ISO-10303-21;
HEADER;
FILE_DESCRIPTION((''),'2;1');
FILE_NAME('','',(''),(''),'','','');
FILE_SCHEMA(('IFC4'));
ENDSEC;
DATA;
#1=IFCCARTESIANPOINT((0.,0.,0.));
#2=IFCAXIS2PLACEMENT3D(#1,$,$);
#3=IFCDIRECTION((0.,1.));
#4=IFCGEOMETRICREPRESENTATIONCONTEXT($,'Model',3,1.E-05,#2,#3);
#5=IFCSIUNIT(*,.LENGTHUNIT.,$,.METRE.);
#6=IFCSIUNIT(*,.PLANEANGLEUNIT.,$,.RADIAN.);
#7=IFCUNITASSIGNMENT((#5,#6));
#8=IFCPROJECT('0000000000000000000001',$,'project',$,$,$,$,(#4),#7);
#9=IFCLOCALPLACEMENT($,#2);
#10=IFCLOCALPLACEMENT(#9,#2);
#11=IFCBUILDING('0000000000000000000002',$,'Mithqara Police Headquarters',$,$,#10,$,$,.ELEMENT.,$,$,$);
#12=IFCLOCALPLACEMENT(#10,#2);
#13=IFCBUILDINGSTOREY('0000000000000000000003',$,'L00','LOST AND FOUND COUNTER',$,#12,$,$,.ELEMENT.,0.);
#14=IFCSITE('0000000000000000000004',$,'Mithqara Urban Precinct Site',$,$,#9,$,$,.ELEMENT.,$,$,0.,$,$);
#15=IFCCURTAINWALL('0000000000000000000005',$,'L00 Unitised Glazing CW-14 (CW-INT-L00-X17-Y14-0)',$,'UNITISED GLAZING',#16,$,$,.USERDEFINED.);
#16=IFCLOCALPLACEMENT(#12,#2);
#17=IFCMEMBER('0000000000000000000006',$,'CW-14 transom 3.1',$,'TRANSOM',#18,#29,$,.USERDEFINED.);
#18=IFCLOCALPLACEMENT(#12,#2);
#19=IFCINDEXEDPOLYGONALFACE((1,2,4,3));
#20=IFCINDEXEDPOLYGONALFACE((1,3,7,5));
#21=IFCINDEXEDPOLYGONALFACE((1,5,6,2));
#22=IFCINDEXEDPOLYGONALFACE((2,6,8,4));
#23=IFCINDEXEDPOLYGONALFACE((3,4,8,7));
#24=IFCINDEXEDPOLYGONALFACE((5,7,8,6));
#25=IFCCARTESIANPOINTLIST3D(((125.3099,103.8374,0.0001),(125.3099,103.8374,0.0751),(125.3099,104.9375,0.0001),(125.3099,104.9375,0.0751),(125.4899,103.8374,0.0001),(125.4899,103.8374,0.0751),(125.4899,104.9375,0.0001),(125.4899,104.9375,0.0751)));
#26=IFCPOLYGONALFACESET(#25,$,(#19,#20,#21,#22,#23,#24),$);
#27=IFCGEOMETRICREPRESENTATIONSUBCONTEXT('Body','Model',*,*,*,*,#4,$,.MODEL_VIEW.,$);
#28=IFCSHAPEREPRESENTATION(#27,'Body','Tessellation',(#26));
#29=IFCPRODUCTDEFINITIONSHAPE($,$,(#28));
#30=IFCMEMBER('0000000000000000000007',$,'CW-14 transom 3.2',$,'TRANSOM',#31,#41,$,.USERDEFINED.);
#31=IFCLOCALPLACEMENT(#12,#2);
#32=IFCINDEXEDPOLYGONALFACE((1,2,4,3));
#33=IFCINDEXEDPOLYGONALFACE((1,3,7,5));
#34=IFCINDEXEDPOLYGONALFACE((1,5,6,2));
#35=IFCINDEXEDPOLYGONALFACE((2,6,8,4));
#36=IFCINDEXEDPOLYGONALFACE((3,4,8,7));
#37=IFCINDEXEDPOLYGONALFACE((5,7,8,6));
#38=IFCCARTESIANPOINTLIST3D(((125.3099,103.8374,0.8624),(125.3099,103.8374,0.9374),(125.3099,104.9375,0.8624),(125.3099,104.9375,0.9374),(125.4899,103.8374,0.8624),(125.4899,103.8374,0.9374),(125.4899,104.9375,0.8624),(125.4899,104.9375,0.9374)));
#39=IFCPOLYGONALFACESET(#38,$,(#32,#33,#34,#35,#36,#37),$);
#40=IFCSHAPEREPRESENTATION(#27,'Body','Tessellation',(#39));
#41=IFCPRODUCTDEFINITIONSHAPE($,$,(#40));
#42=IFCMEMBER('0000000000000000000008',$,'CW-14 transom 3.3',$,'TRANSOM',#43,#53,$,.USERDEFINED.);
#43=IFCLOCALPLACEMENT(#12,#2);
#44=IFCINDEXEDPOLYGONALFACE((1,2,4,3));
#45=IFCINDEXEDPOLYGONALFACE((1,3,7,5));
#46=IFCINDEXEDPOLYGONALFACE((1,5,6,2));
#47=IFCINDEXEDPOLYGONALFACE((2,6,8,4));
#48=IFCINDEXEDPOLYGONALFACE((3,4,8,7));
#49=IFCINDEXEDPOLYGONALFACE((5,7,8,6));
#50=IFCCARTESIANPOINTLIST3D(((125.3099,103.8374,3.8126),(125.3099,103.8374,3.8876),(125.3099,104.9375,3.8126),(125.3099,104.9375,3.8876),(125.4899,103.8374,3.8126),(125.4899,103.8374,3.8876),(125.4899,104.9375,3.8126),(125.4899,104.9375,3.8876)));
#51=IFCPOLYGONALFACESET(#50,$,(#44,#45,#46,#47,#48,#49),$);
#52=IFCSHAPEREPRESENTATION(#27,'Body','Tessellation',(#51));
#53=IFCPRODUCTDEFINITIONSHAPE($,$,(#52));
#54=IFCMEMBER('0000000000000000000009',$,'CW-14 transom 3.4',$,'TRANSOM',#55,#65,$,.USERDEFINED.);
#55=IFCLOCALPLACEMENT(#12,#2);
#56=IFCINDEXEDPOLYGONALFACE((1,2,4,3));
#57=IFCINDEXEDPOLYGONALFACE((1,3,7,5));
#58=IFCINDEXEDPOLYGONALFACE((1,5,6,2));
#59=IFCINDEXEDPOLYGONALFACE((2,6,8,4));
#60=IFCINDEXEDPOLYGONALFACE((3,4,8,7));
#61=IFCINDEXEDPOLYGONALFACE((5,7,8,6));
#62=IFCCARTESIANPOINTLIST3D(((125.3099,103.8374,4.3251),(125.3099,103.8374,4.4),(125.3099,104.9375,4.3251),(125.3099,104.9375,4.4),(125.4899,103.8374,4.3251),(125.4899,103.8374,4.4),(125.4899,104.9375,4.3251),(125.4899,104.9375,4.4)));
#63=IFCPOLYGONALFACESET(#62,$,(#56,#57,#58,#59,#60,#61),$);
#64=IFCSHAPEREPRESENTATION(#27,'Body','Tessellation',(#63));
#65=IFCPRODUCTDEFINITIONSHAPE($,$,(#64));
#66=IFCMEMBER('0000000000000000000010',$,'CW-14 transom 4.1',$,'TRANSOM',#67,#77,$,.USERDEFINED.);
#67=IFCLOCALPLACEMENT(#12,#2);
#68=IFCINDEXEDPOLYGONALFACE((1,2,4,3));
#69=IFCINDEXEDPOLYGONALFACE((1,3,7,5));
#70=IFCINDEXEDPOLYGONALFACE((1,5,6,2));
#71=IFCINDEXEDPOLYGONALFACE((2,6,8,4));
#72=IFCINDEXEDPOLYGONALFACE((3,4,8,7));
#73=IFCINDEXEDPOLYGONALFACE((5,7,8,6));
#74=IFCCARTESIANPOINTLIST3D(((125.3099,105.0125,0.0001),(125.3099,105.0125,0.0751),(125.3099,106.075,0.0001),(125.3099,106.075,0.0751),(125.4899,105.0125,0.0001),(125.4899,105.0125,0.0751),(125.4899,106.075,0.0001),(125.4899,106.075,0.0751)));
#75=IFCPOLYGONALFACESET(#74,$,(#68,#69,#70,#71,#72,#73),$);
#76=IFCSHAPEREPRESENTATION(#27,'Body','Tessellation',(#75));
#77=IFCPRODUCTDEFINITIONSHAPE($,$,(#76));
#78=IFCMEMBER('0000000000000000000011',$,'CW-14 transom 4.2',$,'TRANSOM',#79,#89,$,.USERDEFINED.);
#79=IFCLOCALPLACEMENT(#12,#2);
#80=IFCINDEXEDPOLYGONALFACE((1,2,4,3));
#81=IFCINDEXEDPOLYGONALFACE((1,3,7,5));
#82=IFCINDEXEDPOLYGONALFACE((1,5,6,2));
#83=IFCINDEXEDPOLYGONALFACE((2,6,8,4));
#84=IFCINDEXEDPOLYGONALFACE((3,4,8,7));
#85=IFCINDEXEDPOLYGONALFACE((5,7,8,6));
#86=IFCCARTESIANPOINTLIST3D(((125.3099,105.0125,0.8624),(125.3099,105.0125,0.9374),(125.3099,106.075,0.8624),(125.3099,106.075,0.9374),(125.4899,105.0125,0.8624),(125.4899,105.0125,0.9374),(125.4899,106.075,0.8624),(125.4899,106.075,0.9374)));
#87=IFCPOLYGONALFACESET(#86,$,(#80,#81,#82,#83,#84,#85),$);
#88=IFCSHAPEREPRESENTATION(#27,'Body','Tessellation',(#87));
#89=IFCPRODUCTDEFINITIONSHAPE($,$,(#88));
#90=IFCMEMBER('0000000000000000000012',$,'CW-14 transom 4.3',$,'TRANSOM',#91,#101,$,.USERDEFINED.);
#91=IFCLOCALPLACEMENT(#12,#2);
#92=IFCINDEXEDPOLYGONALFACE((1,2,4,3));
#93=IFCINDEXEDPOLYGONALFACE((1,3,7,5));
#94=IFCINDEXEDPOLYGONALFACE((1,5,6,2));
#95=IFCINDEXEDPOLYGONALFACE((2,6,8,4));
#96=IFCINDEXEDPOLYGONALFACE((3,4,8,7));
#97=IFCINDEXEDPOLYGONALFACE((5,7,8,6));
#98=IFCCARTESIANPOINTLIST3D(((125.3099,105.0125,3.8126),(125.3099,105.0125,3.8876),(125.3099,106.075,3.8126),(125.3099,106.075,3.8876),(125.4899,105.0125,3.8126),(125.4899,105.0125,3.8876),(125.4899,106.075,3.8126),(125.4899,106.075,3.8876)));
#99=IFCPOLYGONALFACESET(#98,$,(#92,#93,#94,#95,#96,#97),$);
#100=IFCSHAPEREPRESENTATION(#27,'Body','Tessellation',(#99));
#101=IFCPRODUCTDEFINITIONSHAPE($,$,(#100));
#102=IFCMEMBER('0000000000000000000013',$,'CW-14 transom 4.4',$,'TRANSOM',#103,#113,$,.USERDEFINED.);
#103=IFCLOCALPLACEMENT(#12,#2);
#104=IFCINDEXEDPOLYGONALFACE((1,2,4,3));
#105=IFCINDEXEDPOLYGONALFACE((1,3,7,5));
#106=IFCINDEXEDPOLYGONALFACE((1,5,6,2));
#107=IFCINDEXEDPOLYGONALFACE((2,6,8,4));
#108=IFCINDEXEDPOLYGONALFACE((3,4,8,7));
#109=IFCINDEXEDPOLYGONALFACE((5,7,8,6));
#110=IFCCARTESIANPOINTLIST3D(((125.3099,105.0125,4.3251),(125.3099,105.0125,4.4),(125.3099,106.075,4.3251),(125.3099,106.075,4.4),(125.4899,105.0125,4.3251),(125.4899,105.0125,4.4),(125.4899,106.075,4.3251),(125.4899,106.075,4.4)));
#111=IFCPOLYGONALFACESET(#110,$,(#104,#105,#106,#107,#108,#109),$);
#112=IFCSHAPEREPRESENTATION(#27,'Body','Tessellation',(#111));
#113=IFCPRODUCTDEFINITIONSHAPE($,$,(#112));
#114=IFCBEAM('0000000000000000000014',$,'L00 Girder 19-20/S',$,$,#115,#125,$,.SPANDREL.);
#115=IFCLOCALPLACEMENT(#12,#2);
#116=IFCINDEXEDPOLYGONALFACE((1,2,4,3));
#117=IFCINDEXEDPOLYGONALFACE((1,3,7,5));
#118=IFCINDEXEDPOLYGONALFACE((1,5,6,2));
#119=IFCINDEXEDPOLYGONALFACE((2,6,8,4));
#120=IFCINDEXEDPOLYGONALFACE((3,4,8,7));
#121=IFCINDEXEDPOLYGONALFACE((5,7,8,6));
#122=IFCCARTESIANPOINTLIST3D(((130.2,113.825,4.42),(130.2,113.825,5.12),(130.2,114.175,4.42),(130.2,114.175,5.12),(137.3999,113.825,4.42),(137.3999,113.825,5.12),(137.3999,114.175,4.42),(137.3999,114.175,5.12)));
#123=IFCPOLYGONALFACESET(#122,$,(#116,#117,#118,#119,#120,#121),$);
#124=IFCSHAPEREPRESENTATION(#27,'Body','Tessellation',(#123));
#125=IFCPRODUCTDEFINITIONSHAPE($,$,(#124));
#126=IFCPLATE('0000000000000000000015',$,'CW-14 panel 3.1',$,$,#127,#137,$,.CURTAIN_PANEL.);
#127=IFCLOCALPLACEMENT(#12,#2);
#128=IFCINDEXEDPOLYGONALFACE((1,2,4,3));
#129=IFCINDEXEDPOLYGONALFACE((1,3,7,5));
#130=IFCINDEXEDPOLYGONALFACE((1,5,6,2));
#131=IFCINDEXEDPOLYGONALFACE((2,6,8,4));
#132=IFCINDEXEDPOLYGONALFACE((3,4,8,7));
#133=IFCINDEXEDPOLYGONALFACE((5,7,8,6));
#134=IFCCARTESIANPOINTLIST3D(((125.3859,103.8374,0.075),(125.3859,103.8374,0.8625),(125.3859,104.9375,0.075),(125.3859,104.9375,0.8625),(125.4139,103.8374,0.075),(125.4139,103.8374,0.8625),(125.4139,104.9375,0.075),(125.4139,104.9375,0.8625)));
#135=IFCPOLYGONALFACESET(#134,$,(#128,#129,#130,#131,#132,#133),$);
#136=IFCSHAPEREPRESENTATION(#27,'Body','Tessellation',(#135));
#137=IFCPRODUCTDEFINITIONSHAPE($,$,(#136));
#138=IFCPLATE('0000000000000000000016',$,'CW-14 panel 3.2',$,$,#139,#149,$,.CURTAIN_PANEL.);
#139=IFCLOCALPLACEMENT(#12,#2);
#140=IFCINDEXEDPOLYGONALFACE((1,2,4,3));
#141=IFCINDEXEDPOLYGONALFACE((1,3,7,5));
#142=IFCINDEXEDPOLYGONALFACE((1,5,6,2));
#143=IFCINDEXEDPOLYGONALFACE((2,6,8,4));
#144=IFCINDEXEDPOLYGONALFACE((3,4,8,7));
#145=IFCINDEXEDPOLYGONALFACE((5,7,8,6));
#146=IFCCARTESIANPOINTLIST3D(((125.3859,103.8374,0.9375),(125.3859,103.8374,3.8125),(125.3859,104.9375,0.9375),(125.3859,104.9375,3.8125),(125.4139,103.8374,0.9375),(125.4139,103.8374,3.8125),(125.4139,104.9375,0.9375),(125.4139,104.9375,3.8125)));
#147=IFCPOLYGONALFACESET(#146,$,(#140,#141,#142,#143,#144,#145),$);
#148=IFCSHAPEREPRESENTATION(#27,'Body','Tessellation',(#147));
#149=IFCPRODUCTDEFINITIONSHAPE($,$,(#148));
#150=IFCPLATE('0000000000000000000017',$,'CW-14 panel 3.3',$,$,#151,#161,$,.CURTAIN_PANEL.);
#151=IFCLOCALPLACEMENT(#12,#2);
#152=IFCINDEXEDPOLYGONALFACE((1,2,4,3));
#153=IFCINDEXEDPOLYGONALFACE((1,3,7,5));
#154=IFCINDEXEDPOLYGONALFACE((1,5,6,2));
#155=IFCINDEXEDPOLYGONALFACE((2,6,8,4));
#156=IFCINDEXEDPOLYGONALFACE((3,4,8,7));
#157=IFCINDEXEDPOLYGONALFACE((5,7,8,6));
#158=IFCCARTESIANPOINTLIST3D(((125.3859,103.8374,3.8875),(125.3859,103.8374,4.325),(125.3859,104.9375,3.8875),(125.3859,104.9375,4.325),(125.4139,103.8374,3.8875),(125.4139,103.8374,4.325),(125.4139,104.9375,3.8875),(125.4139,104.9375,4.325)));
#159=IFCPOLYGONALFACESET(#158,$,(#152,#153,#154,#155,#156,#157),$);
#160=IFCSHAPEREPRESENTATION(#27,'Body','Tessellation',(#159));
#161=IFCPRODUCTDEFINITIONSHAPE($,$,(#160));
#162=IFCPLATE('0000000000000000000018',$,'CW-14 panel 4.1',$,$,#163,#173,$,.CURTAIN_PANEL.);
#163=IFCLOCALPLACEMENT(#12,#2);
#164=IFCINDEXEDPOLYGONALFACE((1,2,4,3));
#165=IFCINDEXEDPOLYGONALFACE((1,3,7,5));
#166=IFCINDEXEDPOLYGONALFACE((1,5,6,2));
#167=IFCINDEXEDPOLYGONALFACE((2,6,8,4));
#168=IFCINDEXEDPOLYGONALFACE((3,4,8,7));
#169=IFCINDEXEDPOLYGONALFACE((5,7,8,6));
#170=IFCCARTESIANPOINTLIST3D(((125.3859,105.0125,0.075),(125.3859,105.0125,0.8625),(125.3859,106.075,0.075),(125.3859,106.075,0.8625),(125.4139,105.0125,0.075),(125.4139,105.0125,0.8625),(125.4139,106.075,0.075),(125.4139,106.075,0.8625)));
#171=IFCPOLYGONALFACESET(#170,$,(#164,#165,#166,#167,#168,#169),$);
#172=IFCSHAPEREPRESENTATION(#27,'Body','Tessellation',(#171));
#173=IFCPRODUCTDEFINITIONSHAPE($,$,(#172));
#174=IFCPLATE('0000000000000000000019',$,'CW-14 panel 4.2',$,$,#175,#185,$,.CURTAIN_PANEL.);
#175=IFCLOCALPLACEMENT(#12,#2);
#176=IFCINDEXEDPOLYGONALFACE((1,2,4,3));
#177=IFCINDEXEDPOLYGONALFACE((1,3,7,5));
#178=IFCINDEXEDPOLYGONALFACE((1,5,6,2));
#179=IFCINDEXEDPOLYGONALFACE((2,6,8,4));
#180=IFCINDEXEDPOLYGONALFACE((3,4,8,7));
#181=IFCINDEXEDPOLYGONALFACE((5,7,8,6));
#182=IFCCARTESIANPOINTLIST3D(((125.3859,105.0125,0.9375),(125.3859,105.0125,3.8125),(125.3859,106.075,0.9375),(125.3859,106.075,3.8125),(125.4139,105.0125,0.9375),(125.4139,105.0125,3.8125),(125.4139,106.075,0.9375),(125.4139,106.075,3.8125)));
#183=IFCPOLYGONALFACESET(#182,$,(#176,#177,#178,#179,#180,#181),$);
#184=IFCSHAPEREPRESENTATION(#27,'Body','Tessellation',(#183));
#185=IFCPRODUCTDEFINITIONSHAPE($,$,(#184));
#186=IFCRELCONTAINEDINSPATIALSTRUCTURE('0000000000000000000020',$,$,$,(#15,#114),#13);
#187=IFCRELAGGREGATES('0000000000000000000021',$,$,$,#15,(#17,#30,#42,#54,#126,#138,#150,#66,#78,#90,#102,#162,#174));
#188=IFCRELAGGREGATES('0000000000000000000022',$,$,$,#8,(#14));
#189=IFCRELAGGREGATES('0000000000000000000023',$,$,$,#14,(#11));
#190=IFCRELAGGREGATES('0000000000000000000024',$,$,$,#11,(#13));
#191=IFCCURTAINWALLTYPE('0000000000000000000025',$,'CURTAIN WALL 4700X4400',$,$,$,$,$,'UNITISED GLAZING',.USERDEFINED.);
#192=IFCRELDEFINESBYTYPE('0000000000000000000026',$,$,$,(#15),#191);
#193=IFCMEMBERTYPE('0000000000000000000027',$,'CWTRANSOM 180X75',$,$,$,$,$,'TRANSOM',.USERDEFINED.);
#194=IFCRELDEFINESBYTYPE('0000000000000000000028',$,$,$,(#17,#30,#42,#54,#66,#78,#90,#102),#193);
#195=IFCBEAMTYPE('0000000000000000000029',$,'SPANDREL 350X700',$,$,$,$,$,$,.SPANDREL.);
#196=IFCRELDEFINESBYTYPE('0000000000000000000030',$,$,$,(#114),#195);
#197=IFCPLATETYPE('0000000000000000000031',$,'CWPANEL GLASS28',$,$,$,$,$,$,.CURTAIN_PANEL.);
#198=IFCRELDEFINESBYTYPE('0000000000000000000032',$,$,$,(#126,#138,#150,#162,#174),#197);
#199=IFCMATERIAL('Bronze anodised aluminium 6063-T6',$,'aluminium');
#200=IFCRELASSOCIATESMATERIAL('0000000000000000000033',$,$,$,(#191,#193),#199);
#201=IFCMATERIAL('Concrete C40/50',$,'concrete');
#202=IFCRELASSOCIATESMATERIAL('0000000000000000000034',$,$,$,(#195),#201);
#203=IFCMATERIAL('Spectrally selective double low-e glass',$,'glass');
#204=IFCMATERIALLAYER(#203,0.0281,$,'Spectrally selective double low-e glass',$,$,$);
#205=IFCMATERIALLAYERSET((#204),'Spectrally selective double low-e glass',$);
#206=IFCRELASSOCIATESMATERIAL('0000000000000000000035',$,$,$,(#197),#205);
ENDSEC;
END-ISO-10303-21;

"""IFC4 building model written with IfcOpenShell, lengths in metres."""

from ifc_helpers import new_model, si_unit, direction, frame, origin, origin_2d, place, context, subcontext, project, spatial, rectangle, extrude, material, layer, layer_set, material_profile, profile_set, type_object, element, aggregate, save


model = new_model("IFC4")

# Units and contexts
model_context = context("Model", 3, precision=1e-05, world=origin(), true_north=direction((0.0, 1.0)))
body_context = subcontext(model_context, "Body", "Model", "MODEL_VIEW")
ifc_project = project(units=[si_unit("LENGTHUNIT", "METRE"), si_unit("PLANEANGLEUNIT", "RADIAN")], contexts=[model_context])

# Site, building, storey
site_placement = place(None, origin())
site = spatial("IfcSite", under=ifc_project, at=site_placement, Name="Mithqara Urban Precinct Site", CompositionType="ELEMENT", RefElevation=0.0)
building_placement = place(site_placement, origin())
building = spatial("IfcBuilding", under=site, at=building_placement, Name="Mithqara Police Headquarters", CompositionType="ELEMENT")
storey_placement = place(building_placement, origin())
storey = spatial("IfcBuildingStorey", under=building, at=storey_placement, Name="L00", Description="LOST AND FOUND COUNTER", CompositionType="ELEMENT", Elevation=0.0)

# Shared definitions
ifc_material_1 = material(Name="Concrete C40/50", Category="concrete")

# Curtain wall, members
ifc_material_2 = material(Name="Bronze anodised aluminium 6063-T6", Category="aluminium")
curtain_wall_type = type_object("IfcCurtainWallType", Name="CURTAIN WALL 4700X4400", ElementType="UNITISED GLAZING", PredefinedType="USERDEFINED", material=ifc_material_2)
curtain_wall_placement = place(storey_placement, origin())
curtain_wall = element("IfcCurtainWall", 1, at=curtain_wall_placement, inside=storey, type_object=curtain_wall_type, Name="L00 Unitised Glazing CW-14 (CW-INT-L00-X17-Y14-0)", ObjectType="UNITISED GLAZING", PredefinedType="USERDEFINED")
ifc_material_profile_1 = material_profile(ifc_material_2, rectangle(XDim=0.1799, YDim=0.075, at=origin_2d()), Name="CWT 180x75")
ifc_profile_set_1 = profile_set([ifc_material_profile_1], Name="Bronze anodised aluminium 6063-T6")
member_type_1 = type_object("IfcMemberType", Name="CWTRANSOM 180X75", ElementType="TRANSOM", PredefinedType="USERDEFINED", material=ifc_profile_set_1)
member_1_placement = place(storey_placement, frame((125.3999, 103.8374, 0.0376), z_axis=(0.0, 1.0, 0.0), x_axis=(-1.0, 0.0, 0.0)))
member_1 = element("IfcMember", 2, at=member_1_placement, type_object=member_type_1, Name="CW-14 transom 3.1", ObjectType="TRANSOM", PredefinedType="USERDEFINED", context=body_context, shape_type="SweptSolid", body=[
    extrude(rectangle(XDim=0.1799, YDim=0.075, at=origin_2d()), origin(), (0.0, 0.0, 1.0), 1.1001),
])
member_2_placement = place(storey_placement, frame((125.3999, 103.8374, 0.8999), z_axis=(0.0, 1.0, 0.0), x_axis=(-1.0, 0.0, 0.0)))
member_2 = element("IfcMember", 3, at=member_2_placement, type_object=member_type_1, Name="CW-14 transom 3.2", ObjectType="TRANSOM", PredefinedType="USERDEFINED", context=body_context, shape_type="SweptSolid", body=[
    extrude(rectangle(XDim=0.1799, YDim=0.075, at=origin_2d()), origin(), (0.0, 0.0, 1.0), 1.1001),
])
member_3_placement = place(storey_placement, frame((125.3999, 103.8374, 3.8501), z_axis=(0.0, 1.0, 0.0), x_axis=(-1.0, 0.0, 0.0)))
member_3 = element("IfcMember", 4, at=member_3_placement, type_object=member_type_1, Name="CW-14 transom 3.3", ObjectType="TRANSOM", PredefinedType="USERDEFINED", context=body_context, shape_type="SweptSolid", body=[
    extrude(rectangle(XDim=0.1799, YDim=0.075, at=origin_2d()), origin(), (0.0, 0.0, 1.0), 1.1001),
])
member_4_placement = place(storey_placement, frame((125.3999, 103.8374, 4.3625), z_axis=(0.0, 1.0, 0.0), x_axis=(-1.0, 0.0, 0.0)))
member_4 = element("IfcMember", 5, at=member_4_placement, type_object=member_type_1, Name="CW-14 transom 3.4", ObjectType="TRANSOM", PredefinedType="USERDEFINED", context=body_context, shape_type="SweptSolid", body=[
    extrude(rectangle(XDim=0.1799, YDim=0.075, at=origin_2d()), origin(), (0.0, 0.0, 1.0), 1.1001),
])
member_5_placement = place(storey_placement, frame((125.3999, 105.0125, 0.0376), z_axis=(0.0, 1.0, 0.0), x_axis=(-1.0, 0.0, 0.0)))
member_5 = element("IfcMember", 6, at=member_5_placement, type_object=member_type_1, Name="CW-14 transom 4.1", ObjectType="TRANSOM", PredefinedType="USERDEFINED", context=body_context, shape_type="SweptSolid", body=[
    extrude(rectangle(XDim=0.1799, YDim=0.075, at=origin_2d()), origin(), (0.0, 0.0, 1.0), 1.0625),
])
member_6_placement = place(storey_placement, frame((125.3999, 105.0125, 0.8999), z_axis=(0.0, 1.0, 0.0), x_axis=(-1.0, 0.0, 0.0)))
member_6 = element("IfcMember", 7, at=member_6_placement, type_object=member_type_1, Name="CW-14 transom 4.2", ObjectType="TRANSOM", PredefinedType="USERDEFINED", context=body_context, shape_type="SweptSolid", body=[
    extrude(rectangle(XDim=0.1799, YDim=0.075, at=origin_2d()), origin(), (0.0, 0.0, 1.0), 1.0625),
])
member_7_placement = place(storey_placement, frame((125.3999, 105.0125, 3.8501), z_axis=(0.0, 1.0, 0.0), x_axis=(-1.0, 0.0, 0.0)))
member_7 = element("IfcMember", 8, at=member_7_placement, type_object=member_type_1, Name="CW-14 transom 4.3", ObjectType="TRANSOM", PredefinedType="USERDEFINED", context=body_context, shape_type="SweptSolid", body=[
    extrude(rectangle(XDim=0.1799, YDim=0.075, at=origin_2d()), origin(), (0.0, 0.0, 1.0), 1.0625),
])
member_8_placement = place(storey_placement, frame((125.3999, 105.0125, 4.3625), z_axis=(0.0, 1.0, 0.0), x_axis=(-1.0, 0.0, 0.0)))
member_8 = element("IfcMember", 9, at=member_8_placement, type_object=member_type_1, Name="CW-14 transom 4.4", ObjectType="TRANSOM", PredefinedType="USERDEFINED", context=body_context, shape_type="SweptSolid", body=[
    extrude(rectangle(XDim=0.1799, YDim=0.075, at=origin_2d()), origin(), (0.0, 0.0, 1.0), 1.0625),
])

# Beam
ifc_material_profile_2 = material_profile(ifc_material_1, rectangle(XDim=0.3501, YDim=0.7, at=origin_2d()), Name="SPB 350x700")
ifc_profile_set_2 = profile_set([ifc_material_profile_2], Name="Concrete C40/50")
beam_type_1 = type_object("IfcBeamType", Name="SPANDREL 350X700", PredefinedType="SPANDREL", material=ifc_profile_set_2)
beam_1_placement = place(storey_placement, frame((130.2, 114.0, 4.77), z_axis=(1.0, 0.0, 0.0), x_axis=(0.0, 1.0, 0.0)))
element("IfcBeam", 10, at=beam_1_placement, inside=storey, type_object=beam_type_1, Name="L00 Girder 19-20/S", PredefinedType="SPANDREL", context=body_context, shape_type="SweptSolid", body=[
    extrude(rectangle(XDim=0.3501, YDim=0.7, at=origin_2d()), origin(), (0.0, 0.0, 1.0), 7.2),
])

# Plates
ifc_material_3 = material(Name="Spectrally selective double low-e glass", Category="glass")
ifc_layer_1 = layer(ifc_material_3, 0.0281, Name="Spectrally selective double low-e glass")
ifc_layer_set_1 = layer_set([ifc_layer_1], Name="Spectrally selective double low-e glass")
plate_type_1 = type_object("IfcPlateType", Name="CWPANEL GLASS28", PredefinedType="CURTAIN_PANEL", material=ifc_layer_set_1)
plate_1_placement = place(storey_placement, frame((125.3999, 104.3875, 0.075), z_axis=(0.0, 0.0, 1.0), x_axis=(0.0, 1.0, 0.0)))
plate_1 = element("IfcPlate", 11, at=plate_1_placement, type_object=plate_type_1, Name="CW-14 panel 3.1", PredefinedType="CURTAIN_PANEL", context=body_context, shape_type="SweptSolid", body=[
    extrude(rectangle(XDim=1.1001, YDim=0.0281, at=origin_2d()), origin(), (0.0, 0.0, 1.0), 0.7876),
])
plate_2_placement = place(storey_placement, frame((125.3999, 104.3875, 0.9375), z_axis=(0.0, 0.0, 1.0), x_axis=(0.0, 1.0, 0.0)))
plate_2 = element("IfcPlate", 12, at=plate_2_placement, type_object=plate_type_1, Name="CW-14 panel 3.2", PredefinedType="CURTAIN_PANEL", context=body_context, shape_type="SweptSolid", body=[
    extrude(rectangle(XDim=1.1001, YDim=0.0281, at=origin_2d()), origin(), (0.0, 0.0, 1.0), 2.875),
])
plate_3_placement = place(storey_placement, frame((125.3999, 104.3875, 3.8875), z_axis=(0.0, 0.0, 1.0), x_axis=(0.0, 1.0, 0.0)))
plate_3 = element("IfcPlate", 13, at=plate_3_placement, type_object=plate_type_1, Name="CW-14 panel 3.3", PredefinedType="CURTAIN_PANEL", context=body_context, shape_type="SweptSolid", body=[
    extrude(rectangle(XDim=1.1001, YDim=0.0281, at=origin_2d()), origin(), (0.0, 0.0, 1.0), 0.4375),
])
plate_4_placement = place(storey_placement, frame((125.3999, 105.5437, 0.075), z_axis=(0.0, 0.0, 1.0), x_axis=(0.0, 1.0, 0.0)))
plate_4 = element("IfcPlate", 14, at=plate_4_placement, type_object=plate_type_1, Name="CW-14 panel 4.1", PredefinedType="CURTAIN_PANEL", context=body_context, shape_type="SweptSolid", body=[
    extrude(rectangle(XDim=1.0625, YDim=0.0281, at=origin_2d()), origin(), (0.0, 0.0, 1.0), 0.7876),
])
plate_5_placement = place(storey_placement, frame((125.3999, 105.5437, 0.9375), z_axis=(0.0, 0.0, 1.0), x_axis=(0.0, 1.0, 0.0)))
plate_5 = element("IfcPlate", 15, at=plate_5_placement, type_object=plate_type_1, Name="CW-14 panel 4.2", PredefinedType="CURTAIN_PANEL", context=body_context, shape_type="SweptSolid", body=[
    extrude(rectangle(XDim=1.0625, YDim=0.0281, at=origin_2d()), origin(), (0.0, 0.0, 1.0), 2.875),
])
aggregate(curtain_wall, [member_1, member_2, member_3, member_4, plate_1, plate_2, plate_3, member_5, member_6, member_7, member_8, plate_4, plate_5])

save(model, "model.ifc")
